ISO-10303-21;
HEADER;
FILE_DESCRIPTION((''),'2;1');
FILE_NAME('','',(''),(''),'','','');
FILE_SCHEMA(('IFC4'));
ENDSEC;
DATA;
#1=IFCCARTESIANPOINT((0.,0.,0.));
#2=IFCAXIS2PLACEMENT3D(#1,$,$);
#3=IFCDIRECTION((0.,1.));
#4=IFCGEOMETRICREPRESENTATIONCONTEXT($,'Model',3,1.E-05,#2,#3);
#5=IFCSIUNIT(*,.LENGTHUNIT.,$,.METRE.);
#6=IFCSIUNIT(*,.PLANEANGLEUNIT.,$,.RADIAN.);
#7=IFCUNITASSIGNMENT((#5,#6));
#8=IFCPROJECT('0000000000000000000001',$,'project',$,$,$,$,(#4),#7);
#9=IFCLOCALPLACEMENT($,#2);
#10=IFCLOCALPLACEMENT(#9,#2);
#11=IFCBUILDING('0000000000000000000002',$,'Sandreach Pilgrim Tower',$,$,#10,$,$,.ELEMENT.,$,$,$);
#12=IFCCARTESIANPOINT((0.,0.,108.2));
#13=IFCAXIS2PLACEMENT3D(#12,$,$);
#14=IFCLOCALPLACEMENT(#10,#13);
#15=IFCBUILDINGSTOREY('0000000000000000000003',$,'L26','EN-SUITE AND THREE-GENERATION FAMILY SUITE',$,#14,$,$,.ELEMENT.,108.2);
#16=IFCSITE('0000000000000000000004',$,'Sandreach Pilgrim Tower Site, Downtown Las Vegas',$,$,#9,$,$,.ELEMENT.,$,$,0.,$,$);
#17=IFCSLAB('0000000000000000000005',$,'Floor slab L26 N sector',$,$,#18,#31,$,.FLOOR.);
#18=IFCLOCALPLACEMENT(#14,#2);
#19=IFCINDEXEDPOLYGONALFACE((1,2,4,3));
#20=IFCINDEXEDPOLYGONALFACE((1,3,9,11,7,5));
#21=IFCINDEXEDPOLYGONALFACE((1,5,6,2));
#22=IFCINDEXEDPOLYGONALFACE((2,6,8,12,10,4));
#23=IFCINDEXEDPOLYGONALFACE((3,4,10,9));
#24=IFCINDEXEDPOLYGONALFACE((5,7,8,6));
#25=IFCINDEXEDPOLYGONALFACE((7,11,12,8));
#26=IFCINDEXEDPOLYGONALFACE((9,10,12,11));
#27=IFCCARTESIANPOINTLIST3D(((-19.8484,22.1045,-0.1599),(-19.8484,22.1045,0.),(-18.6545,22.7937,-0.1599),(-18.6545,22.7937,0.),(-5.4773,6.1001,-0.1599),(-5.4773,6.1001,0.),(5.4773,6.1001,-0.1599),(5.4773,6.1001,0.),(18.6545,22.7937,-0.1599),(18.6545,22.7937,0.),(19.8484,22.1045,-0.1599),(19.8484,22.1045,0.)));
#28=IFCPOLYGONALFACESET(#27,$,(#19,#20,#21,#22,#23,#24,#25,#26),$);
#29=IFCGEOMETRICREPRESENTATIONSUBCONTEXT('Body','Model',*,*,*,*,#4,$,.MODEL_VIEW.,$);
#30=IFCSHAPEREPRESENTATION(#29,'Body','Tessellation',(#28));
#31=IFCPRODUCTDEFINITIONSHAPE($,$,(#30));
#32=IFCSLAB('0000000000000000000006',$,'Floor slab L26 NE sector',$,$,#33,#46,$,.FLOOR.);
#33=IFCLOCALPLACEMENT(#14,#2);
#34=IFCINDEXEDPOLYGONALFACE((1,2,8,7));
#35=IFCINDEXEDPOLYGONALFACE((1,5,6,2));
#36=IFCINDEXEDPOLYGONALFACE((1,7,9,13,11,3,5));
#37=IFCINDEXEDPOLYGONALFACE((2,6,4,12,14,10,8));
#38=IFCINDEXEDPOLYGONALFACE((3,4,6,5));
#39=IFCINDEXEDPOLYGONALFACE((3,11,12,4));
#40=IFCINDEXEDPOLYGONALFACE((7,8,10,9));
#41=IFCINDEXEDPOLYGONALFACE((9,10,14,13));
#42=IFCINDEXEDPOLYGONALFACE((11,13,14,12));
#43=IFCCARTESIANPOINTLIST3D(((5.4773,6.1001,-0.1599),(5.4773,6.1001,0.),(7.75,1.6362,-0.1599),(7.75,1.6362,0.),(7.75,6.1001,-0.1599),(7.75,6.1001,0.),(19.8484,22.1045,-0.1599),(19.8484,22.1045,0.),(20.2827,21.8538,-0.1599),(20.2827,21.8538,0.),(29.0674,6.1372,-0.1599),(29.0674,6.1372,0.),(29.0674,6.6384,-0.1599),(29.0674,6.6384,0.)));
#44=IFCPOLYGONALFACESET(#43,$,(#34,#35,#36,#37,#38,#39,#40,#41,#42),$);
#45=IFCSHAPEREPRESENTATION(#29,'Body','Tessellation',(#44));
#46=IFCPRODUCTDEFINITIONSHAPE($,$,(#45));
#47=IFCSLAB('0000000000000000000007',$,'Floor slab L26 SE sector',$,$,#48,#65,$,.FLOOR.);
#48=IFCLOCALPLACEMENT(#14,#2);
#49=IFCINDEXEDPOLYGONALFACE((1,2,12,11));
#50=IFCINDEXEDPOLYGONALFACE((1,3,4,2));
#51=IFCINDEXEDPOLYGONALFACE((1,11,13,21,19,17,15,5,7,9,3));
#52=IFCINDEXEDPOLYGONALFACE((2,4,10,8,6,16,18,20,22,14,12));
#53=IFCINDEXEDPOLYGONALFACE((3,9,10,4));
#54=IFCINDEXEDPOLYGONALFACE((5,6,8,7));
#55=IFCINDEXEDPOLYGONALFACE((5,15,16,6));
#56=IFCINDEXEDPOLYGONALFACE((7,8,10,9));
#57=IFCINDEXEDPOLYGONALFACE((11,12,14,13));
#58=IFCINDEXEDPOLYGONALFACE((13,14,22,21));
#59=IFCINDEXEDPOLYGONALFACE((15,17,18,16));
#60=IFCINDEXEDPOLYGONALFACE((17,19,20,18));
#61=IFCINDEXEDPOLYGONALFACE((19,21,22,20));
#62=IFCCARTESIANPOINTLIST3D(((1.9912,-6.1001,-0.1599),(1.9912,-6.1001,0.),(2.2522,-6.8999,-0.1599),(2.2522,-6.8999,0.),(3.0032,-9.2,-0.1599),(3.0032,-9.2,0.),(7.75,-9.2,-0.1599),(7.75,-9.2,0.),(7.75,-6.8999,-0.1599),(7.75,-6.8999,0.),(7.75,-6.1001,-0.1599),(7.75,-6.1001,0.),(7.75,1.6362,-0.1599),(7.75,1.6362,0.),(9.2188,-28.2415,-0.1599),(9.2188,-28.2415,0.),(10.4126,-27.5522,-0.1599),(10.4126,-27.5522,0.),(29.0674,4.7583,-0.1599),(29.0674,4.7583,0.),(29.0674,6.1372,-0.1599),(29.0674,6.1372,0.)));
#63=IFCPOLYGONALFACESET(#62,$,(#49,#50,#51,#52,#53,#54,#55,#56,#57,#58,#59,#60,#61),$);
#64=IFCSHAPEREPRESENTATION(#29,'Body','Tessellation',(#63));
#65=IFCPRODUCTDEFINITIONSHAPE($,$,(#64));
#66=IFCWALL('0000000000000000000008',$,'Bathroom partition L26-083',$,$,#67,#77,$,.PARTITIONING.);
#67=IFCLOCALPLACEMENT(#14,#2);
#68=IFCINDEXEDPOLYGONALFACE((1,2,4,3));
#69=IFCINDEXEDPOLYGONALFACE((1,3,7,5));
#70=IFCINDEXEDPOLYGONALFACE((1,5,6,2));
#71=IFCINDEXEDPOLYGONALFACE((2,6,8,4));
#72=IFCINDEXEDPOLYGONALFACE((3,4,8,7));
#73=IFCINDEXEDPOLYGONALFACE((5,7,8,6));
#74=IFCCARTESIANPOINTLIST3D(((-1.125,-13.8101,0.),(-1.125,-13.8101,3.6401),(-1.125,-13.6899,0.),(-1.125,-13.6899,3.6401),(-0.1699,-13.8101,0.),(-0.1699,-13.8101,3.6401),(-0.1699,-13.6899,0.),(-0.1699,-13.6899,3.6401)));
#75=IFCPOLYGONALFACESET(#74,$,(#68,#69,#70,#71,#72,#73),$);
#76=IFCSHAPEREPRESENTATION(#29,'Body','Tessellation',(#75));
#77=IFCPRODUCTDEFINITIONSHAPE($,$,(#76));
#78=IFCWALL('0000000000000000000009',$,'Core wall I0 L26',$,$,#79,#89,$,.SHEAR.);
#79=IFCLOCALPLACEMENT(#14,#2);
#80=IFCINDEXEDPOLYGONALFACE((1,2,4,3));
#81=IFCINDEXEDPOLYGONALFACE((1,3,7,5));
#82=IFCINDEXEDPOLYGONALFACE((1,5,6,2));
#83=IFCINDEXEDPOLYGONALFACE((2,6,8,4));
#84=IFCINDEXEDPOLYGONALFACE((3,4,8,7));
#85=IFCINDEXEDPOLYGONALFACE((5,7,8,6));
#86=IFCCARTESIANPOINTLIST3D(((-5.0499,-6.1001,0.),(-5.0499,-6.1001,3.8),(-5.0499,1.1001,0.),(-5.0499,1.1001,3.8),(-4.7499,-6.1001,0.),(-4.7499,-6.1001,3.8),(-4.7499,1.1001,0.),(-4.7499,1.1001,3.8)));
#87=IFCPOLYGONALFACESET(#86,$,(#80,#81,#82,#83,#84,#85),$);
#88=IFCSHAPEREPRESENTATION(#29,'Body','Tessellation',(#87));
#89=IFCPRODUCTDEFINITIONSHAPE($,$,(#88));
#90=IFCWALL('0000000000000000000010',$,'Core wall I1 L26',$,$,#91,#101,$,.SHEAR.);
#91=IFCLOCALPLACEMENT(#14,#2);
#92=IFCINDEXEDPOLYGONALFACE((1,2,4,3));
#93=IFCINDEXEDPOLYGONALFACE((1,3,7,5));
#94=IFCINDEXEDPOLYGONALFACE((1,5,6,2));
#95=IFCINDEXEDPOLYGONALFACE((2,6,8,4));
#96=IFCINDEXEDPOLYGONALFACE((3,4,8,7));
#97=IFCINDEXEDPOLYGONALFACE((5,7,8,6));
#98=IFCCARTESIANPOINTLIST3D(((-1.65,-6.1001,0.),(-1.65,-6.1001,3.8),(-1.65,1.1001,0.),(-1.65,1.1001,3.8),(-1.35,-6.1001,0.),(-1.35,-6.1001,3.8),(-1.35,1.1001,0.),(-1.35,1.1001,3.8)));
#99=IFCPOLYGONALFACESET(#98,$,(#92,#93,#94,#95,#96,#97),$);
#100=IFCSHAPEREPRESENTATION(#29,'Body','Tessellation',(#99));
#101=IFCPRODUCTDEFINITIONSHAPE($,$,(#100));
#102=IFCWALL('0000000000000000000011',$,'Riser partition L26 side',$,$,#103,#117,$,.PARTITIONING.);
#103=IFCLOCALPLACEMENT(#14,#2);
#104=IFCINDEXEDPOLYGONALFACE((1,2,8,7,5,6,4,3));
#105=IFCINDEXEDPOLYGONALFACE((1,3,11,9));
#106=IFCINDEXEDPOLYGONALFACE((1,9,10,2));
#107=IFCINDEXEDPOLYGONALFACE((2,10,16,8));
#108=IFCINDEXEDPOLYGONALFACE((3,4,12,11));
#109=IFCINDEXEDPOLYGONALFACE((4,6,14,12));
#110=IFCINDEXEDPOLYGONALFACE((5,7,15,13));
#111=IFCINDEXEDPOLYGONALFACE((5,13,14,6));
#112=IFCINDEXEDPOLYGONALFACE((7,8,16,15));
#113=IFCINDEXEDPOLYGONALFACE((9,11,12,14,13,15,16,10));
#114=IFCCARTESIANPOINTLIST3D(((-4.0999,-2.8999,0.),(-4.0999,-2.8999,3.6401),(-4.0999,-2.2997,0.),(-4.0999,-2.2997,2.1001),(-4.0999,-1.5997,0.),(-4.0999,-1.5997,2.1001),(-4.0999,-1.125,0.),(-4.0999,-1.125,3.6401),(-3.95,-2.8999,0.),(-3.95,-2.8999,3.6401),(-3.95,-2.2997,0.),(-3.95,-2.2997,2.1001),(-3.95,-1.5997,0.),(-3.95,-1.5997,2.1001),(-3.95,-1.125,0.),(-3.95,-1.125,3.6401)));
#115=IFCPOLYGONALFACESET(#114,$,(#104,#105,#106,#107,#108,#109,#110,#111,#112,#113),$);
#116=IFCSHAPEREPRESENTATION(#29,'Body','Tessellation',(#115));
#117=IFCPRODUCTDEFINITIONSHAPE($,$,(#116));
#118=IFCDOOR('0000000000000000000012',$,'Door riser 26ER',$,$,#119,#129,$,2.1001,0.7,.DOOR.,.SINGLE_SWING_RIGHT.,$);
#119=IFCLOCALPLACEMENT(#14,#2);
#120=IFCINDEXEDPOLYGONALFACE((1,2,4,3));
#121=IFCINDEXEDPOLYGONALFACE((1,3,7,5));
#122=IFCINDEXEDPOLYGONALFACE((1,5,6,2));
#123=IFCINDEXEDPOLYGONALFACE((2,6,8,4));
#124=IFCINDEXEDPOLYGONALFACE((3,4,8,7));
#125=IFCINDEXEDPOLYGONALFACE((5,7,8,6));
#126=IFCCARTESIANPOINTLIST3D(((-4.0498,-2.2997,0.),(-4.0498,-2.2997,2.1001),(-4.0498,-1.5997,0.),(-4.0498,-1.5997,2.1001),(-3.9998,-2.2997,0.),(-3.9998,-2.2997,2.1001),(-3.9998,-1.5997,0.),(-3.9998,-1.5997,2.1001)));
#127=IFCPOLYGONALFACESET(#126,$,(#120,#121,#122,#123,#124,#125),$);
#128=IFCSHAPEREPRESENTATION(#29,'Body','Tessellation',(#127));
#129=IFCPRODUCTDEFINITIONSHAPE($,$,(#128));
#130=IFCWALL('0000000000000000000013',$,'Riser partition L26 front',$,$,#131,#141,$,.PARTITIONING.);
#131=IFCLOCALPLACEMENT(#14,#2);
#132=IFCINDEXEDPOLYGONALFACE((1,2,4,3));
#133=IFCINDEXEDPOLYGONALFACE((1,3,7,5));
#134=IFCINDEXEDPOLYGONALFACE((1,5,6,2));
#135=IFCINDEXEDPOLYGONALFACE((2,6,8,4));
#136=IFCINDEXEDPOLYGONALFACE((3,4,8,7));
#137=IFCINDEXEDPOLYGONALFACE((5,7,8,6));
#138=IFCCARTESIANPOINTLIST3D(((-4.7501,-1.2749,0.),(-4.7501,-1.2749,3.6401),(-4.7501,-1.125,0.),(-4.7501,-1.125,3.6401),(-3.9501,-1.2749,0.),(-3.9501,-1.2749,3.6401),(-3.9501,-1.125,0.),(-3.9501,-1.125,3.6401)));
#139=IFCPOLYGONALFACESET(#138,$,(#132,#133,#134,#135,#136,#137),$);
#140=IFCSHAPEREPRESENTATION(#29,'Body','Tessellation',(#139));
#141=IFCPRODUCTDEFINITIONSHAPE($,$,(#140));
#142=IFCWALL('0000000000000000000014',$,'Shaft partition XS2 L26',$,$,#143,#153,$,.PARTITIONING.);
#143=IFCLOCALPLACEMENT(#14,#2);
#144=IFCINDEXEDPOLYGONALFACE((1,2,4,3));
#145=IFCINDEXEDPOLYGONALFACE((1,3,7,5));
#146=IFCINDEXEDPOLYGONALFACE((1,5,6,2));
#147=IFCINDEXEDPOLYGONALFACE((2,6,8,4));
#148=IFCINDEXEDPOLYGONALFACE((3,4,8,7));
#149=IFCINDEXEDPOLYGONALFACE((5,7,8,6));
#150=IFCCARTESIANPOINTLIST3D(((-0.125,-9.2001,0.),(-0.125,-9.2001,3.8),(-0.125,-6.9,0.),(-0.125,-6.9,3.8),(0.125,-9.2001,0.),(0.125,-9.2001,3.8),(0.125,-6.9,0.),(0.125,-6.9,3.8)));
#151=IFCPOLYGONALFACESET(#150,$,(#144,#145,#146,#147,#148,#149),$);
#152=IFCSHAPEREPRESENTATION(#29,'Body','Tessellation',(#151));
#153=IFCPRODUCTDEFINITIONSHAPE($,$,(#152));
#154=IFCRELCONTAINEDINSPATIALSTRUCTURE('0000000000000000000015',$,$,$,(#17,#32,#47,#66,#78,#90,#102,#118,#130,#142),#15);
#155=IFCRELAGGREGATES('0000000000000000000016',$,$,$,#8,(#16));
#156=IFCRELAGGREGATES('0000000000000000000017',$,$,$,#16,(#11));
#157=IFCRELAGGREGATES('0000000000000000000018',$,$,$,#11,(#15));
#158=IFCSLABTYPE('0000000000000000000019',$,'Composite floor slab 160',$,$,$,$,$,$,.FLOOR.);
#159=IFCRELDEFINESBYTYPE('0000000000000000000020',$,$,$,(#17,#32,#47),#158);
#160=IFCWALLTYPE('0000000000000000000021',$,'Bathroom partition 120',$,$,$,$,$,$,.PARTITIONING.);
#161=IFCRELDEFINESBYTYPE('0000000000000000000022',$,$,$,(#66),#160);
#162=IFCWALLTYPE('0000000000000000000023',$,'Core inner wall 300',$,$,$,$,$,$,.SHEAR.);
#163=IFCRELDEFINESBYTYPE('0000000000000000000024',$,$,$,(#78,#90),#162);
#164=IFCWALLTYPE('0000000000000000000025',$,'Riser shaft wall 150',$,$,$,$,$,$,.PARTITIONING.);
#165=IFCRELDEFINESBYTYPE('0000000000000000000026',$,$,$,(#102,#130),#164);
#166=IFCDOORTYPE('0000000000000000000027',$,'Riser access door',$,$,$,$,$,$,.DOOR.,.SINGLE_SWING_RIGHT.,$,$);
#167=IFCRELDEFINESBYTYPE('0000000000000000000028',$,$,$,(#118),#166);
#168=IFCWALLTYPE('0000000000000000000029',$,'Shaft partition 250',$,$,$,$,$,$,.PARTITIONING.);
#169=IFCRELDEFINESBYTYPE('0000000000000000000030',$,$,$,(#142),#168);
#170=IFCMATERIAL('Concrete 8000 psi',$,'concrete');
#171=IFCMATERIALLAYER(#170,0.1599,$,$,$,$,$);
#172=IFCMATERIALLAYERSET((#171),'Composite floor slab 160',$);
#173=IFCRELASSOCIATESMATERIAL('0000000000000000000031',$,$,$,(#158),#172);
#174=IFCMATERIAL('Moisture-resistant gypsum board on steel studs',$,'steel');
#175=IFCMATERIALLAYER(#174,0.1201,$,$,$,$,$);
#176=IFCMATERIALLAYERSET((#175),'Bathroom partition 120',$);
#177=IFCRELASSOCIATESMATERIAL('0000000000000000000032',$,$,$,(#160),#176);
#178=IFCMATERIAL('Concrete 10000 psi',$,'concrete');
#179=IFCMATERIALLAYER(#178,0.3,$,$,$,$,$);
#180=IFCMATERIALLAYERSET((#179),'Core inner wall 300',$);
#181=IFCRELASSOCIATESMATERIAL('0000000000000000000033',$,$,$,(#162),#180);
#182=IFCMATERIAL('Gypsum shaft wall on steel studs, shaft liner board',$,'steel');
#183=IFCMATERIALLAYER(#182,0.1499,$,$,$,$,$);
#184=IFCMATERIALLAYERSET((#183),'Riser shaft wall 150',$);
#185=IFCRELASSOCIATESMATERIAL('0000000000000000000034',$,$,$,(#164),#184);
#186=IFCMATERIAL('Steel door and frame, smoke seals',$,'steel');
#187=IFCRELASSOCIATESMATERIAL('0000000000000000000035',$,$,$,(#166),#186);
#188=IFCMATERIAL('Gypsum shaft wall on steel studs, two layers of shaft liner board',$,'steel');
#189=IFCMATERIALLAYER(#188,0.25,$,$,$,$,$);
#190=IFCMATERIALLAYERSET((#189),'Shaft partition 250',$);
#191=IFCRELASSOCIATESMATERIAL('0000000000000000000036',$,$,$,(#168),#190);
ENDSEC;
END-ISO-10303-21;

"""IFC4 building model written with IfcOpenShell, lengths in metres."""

from ifc_helpers import new_model, si_unit, direction, frame, frame_2d, origin, place, context, subcontext, project, spatial, polyline, rectangle, outline, extrude, material, layer, layer_set, type_object, element, fill, save


model = new_model("IFC4")

# Units and contexts
model_context = context("Model", 3, precision=1e-05, world=origin(), true_north=direction((0.0, 1.0)))
body_context = subcontext(model_context, "Body", "Model", "MODEL_VIEW")
ifc_project = project(units=[si_unit("LENGTHUNIT", "METRE"), si_unit("PLANEANGLEUNIT", "RADIAN")], contexts=[model_context])

# Site, building, storey
site_placement = place(None, origin())
site = spatial("IfcSite", under=ifc_project, at=site_placement, Name="Sandreach Pilgrim Tower Site, Downtown Las Vegas", CompositionType="ELEMENT", RefElevation=0.0)
building_placement = place(site_placement, origin())
building = spatial("IfcBuilding", under=site, at=building_placement, Name="Sandreach Pilgrim Tower", CompositionType="ELEMENT")
storey_placement = place(building_placement, frame((0.0, 0.0, 108.2)))
storey = spatial("IfcBuildingStorey", under=building, at=storey_placement, Name="L26", Description="EN-SUITE AND THREE-GENERATION FAMILY SUITE", CompositionType="ELEMENT", Elevation=108.2)

# Slabs
ifc_material_1 = material(Name="Concrete 8000 psi", Category="concrete")
ifc_layer_1 = layer(ifc_material_1, 0.1599)
ifc_layer_set_1 = layer_set([ifc_layer_1], Name="Composite floor slab 160")
slab_type = type_object("IfcSlabType", Name="Composite floor slab 160", PredefinedType="FLOOR", material=ifc_layer_set_1)
slab_1_placement = place(storey_placement, frame((0.0, 0.0, -0.1599)))
element("IfcSlab", 1, at=slab_1_placement, inside=storey, type_object=slab_type, Name="Floor slab L26 N sector", PredefinedType="FLOOR", context=body_context, shape_type="SweptSolid", body=[
    extrude(outline(polyline([(-18.6545, 22.7937), (18.6545, 22.7937), (19.8484, 22.1045), (5.4773, 6.1001), (-5.4773, 6.1001), (-19.8484, 22.1045), (-18.6545, 22.7937)])), origin(), (0.0, 0.0, 1.0), 0.1599),
])
slab_2_placement = place(storey_placement, frame((0.0, 0.0, -0.1599)))
element("IfcSlab", 2, at=slab_2_placement, inside=storey, type_object=slab_type, Name="Floor slab L26 NE sector", PredefinedType="FLOOR", context=body_context, shape_type="SweptSolid", body=[
    extrude(outline(polyline([(20.2827, 21.8538), (29.0674, 6.6384), (29.0674, 6.1372), (7.75, 1.6362), (7.75, 6.1001), (5.4773, 6.1001), (19.8484, 22.1045), (20.2827, 21.8538)])), origin(), (0.0, 0.0, 1.0), 0.1599),
])
slab_3_placement = place(storey_placement, frame((0.0, 0.0, -0.1599)))
element("IfcSlab", 3, at=slab_3_placement, inside=storey, type_object=slab_type, Name="Floor slab L26 SE sector", PredefinedType="FLOOR", context=body_context, shape_type="SweptSolid", body=[
    extrude(outline(polyline([(29.0674, 4.7583), (10.4126, -27.5522), (9.2188, -28.2415), (3.0032, -9.2), (7.75, -9.2), (7.75, -6.8999), (2.2522, -6.8999), (1.9912, -6.1001), (7.75, -6.1001), (7.75, 1.6362), (29.0674, 6.1372), (29.0674, 4.7583)])), origin(), (0.0, 0.0, 1.0), 0.1599),
])

# Walls
ifc_material_2 = material(Name="Moisture-resistant gypsum board on steel studs", Category="steel")
ifc_layer_2 = layer(ifc_material_2, 0.1201)
ifc_layer_set_2 = layer_set([ifc_layer_2], Name="Bathroom partition 120")
wall_type_1 = type_object("IfcWallType", Name="Bathroom partition 120", PredefinedType="PARTITIONING", material=ifc_layer_set_2)
wall_1_placement = place(storey_placement, frame((-1.125, -13.75, 0.0), z_axis=(0.0, 0.0, 1.0), x_axis=(1.0, 0.0, 0.0)))
element("IfcWall", 4, at=wall_1_placement, inside=storey, type_object=wall_type_1, Name="Bathroom partition L26-083", PredefinedType="PARTITIONING", context=body_context, shape_type="SweptSolid", body=[
    extrude(rectangle(XDim=0.9551, YDim=0.1201, at=frame_2d((0.4775, 0.0))), origin(), (0.0, 0.0, 1.0), 3.6401),
])
ifc_material_3 = material(Name="Concrete 10000 psi", Category="concrete")
ifc_layer_3 = layer(ifc_material_3, 0.3)
ifc_layer_set_3 = layer_set([ifc_layer_3], Name="Core inner wall 300")
wall_type_2 = type_object("IfcWallType", Name="Core inner wall 300", PredefinedType="SHEAR", material=ifc_layer_set_3)
for number, where, z_axis, x_axis, name in (
    (5, (-4.8999, -6.1001, 0.0), (0.0, 0.0, 1.0), (0.0, 1.0, 0.0), "Core wall I0 L26"),
    (6, (-1.5, -6.1001, 0.0), (0.0, 0.0, 1.0), (0.0, 1.0, 0.0), "Core wall I1 L26"),
):
    element("IfcWall", number, at=place(storey_placement, frame(where, z_axis=z_axis, x_axis=x_axis)), inside=storey, type_object=wall_type_2, Name=name, PredefinedType="SHEAR", context=body_context, shape_type="SweptSolid", body=[
        extrude(rectangle(XDim=7.2002, YDim=0.3, at=frame_2d((3.6001, 0.0))), origin(), (0.0, 0.0, 1.0), 3.8),
    ])

# Wall, opening, door
ifc_material_4 = material(Name="Gypsum shaft wall on steel studs, shaft liner board", Category="steel")
ifc_layer_4 = layer(ifc_material_4, 0.1499)
ifc_layer_set_4 = layer_set([ifc_layer_4], Name="Riser shaft wall 150")
wall_type_3 = type_object("IfcWallType", Name="Riser shaft wall 150", PredefinedType="PARTITIONING", material=ifc_layer_set_4)
wall_2_placement = place(storey_placement, frame((-4.0249, -2.8999, 0.0), z_axis=(0.0, 0.0, 1.0), x_axis=(0.0, 1.0, 0.0)))
wall_2 = element("IfcWall", 7, at=wall_2_placement, inside=storey, type_object=wall_type_3, Name="Riser partition L26 side", PredefinedType="PARTITIONING", context=body_context, shape_type="SweptSolid", body=[
    extrude(rectangle(XDim=1.7749, YDim=0.1499, at=frame_2d((0.8875, 0.0))), origin(), (0.0, 0.0, 1.0), 3.6401),
])
opening_1_placement = place(wall_2_placement, frame((0.6001, 0.0, 0.0)))
opening_1 = element("IfcOpeningElement", 8, at=opening_1_placement, cuts=wall_2, PredefinedType="OPENING", context=body_context, shape_type="SweptSolid", body=[
    extrude(rectangle(XDim=0.7, YDim=2.1001, at=frame_2d((0.3501, 1.05))), frame((0.0, 0.075, 0.0), z_axis=(0.0, -1.0, 0.0), x_axis=(1.0, 0.0, 0.0)), (0.0, 0.0, 1.0), 0.1499),
])
ifc_material_5 = material(Name="Steel door and frame, smoke seals", Category="steel")
door_type_1 = type_object("IfcDoorType", Name="Riser access door", OperationType="SINGLE_SWING_RIGHT", PredefinedType="DOOR", material=ifc_material_5)
door_1_placement = place(opening_1_placement, origin())
door_1 = element("IfcDoor", 9, at=door_1_placement, inside=storey, type_object=door_type_1, Name="Door riser 26ER", OperationType="SINGLE_SWING_RIGHT", OverallHeight=2.1001, OverallWidth=0.7, PredefinedType="DOOR", context=body_context, shape_type="SweptSolid", body=[
    extrude(rectangle(XDim=0.7, YDim=2.1001, at=frame_2d((0.3501, 1.05))), frame((0.0, 0.0249, 0.0), z_axis=(0.0, -1.0, 0.0), x_axis=(1.0, 0.0, 0.0)), (0.0, 0.0, 1.0), 0.05),
])
fill(opening_1, door_1)

# Walls
wall_3_placement = place(storey_placement, frame((-4.75, -1.2, 0.0), z_axis=(0.0, 0.0, 1.0), x_axis=(1.0, 0.0, 0.0)))
element("IfcWall", 10, at=wall_3_placement, inside=storey, type_object=wall_type_3, Name="Riser partition L26 front", PredefinedType="PARTITIONING", context=body_context, shape_type="SweptSolid", body=[
    extrude(rectangle(XDim=0.8, YDim=0.1499, at=frame_2d((0.3999, 0.0))), origin(), (0.0, 0.0, 1.0), 3.6401),
])
ifc_material_6 = material(Name="Gypsum shaft wall on steel studs, two layers of shaft liner board", Category="steel")
ifc_layer_5 = layer(ifc_material_6, 0.25)
ifc_layer_set_5 = layer_set([ifc_layer_5], Name="Shaft partition 250")
wall_type_4 = type_object("IfcWallType", Name="Shaft partition 250", PredefinedType="PARTITIONING", material=ifc_layer_set_5)
wall_4_placement = place(storey_placement, frame((0.0, -9.2, 0.0), z_axis=(0.0, 0.0, 1.0), x_axis=(0.0, 1.0, 0.0)))
element("IfcWall", 11, at=wall_4_placement, inside=storey, type_object=wall_type_4, Name="Shaft partition XS2 L26", PredefinedType="PARTITIONING", context=body_context, shape_type="SweptSolid", body=[
    extrude(rectangle(XDim=2.3, YDim=0.25, at=frame_2d((1.1499, 0.0))), origin(), (0.0, 0.0, 1.0), 3.8),
])

save(model, "model.ifc")
